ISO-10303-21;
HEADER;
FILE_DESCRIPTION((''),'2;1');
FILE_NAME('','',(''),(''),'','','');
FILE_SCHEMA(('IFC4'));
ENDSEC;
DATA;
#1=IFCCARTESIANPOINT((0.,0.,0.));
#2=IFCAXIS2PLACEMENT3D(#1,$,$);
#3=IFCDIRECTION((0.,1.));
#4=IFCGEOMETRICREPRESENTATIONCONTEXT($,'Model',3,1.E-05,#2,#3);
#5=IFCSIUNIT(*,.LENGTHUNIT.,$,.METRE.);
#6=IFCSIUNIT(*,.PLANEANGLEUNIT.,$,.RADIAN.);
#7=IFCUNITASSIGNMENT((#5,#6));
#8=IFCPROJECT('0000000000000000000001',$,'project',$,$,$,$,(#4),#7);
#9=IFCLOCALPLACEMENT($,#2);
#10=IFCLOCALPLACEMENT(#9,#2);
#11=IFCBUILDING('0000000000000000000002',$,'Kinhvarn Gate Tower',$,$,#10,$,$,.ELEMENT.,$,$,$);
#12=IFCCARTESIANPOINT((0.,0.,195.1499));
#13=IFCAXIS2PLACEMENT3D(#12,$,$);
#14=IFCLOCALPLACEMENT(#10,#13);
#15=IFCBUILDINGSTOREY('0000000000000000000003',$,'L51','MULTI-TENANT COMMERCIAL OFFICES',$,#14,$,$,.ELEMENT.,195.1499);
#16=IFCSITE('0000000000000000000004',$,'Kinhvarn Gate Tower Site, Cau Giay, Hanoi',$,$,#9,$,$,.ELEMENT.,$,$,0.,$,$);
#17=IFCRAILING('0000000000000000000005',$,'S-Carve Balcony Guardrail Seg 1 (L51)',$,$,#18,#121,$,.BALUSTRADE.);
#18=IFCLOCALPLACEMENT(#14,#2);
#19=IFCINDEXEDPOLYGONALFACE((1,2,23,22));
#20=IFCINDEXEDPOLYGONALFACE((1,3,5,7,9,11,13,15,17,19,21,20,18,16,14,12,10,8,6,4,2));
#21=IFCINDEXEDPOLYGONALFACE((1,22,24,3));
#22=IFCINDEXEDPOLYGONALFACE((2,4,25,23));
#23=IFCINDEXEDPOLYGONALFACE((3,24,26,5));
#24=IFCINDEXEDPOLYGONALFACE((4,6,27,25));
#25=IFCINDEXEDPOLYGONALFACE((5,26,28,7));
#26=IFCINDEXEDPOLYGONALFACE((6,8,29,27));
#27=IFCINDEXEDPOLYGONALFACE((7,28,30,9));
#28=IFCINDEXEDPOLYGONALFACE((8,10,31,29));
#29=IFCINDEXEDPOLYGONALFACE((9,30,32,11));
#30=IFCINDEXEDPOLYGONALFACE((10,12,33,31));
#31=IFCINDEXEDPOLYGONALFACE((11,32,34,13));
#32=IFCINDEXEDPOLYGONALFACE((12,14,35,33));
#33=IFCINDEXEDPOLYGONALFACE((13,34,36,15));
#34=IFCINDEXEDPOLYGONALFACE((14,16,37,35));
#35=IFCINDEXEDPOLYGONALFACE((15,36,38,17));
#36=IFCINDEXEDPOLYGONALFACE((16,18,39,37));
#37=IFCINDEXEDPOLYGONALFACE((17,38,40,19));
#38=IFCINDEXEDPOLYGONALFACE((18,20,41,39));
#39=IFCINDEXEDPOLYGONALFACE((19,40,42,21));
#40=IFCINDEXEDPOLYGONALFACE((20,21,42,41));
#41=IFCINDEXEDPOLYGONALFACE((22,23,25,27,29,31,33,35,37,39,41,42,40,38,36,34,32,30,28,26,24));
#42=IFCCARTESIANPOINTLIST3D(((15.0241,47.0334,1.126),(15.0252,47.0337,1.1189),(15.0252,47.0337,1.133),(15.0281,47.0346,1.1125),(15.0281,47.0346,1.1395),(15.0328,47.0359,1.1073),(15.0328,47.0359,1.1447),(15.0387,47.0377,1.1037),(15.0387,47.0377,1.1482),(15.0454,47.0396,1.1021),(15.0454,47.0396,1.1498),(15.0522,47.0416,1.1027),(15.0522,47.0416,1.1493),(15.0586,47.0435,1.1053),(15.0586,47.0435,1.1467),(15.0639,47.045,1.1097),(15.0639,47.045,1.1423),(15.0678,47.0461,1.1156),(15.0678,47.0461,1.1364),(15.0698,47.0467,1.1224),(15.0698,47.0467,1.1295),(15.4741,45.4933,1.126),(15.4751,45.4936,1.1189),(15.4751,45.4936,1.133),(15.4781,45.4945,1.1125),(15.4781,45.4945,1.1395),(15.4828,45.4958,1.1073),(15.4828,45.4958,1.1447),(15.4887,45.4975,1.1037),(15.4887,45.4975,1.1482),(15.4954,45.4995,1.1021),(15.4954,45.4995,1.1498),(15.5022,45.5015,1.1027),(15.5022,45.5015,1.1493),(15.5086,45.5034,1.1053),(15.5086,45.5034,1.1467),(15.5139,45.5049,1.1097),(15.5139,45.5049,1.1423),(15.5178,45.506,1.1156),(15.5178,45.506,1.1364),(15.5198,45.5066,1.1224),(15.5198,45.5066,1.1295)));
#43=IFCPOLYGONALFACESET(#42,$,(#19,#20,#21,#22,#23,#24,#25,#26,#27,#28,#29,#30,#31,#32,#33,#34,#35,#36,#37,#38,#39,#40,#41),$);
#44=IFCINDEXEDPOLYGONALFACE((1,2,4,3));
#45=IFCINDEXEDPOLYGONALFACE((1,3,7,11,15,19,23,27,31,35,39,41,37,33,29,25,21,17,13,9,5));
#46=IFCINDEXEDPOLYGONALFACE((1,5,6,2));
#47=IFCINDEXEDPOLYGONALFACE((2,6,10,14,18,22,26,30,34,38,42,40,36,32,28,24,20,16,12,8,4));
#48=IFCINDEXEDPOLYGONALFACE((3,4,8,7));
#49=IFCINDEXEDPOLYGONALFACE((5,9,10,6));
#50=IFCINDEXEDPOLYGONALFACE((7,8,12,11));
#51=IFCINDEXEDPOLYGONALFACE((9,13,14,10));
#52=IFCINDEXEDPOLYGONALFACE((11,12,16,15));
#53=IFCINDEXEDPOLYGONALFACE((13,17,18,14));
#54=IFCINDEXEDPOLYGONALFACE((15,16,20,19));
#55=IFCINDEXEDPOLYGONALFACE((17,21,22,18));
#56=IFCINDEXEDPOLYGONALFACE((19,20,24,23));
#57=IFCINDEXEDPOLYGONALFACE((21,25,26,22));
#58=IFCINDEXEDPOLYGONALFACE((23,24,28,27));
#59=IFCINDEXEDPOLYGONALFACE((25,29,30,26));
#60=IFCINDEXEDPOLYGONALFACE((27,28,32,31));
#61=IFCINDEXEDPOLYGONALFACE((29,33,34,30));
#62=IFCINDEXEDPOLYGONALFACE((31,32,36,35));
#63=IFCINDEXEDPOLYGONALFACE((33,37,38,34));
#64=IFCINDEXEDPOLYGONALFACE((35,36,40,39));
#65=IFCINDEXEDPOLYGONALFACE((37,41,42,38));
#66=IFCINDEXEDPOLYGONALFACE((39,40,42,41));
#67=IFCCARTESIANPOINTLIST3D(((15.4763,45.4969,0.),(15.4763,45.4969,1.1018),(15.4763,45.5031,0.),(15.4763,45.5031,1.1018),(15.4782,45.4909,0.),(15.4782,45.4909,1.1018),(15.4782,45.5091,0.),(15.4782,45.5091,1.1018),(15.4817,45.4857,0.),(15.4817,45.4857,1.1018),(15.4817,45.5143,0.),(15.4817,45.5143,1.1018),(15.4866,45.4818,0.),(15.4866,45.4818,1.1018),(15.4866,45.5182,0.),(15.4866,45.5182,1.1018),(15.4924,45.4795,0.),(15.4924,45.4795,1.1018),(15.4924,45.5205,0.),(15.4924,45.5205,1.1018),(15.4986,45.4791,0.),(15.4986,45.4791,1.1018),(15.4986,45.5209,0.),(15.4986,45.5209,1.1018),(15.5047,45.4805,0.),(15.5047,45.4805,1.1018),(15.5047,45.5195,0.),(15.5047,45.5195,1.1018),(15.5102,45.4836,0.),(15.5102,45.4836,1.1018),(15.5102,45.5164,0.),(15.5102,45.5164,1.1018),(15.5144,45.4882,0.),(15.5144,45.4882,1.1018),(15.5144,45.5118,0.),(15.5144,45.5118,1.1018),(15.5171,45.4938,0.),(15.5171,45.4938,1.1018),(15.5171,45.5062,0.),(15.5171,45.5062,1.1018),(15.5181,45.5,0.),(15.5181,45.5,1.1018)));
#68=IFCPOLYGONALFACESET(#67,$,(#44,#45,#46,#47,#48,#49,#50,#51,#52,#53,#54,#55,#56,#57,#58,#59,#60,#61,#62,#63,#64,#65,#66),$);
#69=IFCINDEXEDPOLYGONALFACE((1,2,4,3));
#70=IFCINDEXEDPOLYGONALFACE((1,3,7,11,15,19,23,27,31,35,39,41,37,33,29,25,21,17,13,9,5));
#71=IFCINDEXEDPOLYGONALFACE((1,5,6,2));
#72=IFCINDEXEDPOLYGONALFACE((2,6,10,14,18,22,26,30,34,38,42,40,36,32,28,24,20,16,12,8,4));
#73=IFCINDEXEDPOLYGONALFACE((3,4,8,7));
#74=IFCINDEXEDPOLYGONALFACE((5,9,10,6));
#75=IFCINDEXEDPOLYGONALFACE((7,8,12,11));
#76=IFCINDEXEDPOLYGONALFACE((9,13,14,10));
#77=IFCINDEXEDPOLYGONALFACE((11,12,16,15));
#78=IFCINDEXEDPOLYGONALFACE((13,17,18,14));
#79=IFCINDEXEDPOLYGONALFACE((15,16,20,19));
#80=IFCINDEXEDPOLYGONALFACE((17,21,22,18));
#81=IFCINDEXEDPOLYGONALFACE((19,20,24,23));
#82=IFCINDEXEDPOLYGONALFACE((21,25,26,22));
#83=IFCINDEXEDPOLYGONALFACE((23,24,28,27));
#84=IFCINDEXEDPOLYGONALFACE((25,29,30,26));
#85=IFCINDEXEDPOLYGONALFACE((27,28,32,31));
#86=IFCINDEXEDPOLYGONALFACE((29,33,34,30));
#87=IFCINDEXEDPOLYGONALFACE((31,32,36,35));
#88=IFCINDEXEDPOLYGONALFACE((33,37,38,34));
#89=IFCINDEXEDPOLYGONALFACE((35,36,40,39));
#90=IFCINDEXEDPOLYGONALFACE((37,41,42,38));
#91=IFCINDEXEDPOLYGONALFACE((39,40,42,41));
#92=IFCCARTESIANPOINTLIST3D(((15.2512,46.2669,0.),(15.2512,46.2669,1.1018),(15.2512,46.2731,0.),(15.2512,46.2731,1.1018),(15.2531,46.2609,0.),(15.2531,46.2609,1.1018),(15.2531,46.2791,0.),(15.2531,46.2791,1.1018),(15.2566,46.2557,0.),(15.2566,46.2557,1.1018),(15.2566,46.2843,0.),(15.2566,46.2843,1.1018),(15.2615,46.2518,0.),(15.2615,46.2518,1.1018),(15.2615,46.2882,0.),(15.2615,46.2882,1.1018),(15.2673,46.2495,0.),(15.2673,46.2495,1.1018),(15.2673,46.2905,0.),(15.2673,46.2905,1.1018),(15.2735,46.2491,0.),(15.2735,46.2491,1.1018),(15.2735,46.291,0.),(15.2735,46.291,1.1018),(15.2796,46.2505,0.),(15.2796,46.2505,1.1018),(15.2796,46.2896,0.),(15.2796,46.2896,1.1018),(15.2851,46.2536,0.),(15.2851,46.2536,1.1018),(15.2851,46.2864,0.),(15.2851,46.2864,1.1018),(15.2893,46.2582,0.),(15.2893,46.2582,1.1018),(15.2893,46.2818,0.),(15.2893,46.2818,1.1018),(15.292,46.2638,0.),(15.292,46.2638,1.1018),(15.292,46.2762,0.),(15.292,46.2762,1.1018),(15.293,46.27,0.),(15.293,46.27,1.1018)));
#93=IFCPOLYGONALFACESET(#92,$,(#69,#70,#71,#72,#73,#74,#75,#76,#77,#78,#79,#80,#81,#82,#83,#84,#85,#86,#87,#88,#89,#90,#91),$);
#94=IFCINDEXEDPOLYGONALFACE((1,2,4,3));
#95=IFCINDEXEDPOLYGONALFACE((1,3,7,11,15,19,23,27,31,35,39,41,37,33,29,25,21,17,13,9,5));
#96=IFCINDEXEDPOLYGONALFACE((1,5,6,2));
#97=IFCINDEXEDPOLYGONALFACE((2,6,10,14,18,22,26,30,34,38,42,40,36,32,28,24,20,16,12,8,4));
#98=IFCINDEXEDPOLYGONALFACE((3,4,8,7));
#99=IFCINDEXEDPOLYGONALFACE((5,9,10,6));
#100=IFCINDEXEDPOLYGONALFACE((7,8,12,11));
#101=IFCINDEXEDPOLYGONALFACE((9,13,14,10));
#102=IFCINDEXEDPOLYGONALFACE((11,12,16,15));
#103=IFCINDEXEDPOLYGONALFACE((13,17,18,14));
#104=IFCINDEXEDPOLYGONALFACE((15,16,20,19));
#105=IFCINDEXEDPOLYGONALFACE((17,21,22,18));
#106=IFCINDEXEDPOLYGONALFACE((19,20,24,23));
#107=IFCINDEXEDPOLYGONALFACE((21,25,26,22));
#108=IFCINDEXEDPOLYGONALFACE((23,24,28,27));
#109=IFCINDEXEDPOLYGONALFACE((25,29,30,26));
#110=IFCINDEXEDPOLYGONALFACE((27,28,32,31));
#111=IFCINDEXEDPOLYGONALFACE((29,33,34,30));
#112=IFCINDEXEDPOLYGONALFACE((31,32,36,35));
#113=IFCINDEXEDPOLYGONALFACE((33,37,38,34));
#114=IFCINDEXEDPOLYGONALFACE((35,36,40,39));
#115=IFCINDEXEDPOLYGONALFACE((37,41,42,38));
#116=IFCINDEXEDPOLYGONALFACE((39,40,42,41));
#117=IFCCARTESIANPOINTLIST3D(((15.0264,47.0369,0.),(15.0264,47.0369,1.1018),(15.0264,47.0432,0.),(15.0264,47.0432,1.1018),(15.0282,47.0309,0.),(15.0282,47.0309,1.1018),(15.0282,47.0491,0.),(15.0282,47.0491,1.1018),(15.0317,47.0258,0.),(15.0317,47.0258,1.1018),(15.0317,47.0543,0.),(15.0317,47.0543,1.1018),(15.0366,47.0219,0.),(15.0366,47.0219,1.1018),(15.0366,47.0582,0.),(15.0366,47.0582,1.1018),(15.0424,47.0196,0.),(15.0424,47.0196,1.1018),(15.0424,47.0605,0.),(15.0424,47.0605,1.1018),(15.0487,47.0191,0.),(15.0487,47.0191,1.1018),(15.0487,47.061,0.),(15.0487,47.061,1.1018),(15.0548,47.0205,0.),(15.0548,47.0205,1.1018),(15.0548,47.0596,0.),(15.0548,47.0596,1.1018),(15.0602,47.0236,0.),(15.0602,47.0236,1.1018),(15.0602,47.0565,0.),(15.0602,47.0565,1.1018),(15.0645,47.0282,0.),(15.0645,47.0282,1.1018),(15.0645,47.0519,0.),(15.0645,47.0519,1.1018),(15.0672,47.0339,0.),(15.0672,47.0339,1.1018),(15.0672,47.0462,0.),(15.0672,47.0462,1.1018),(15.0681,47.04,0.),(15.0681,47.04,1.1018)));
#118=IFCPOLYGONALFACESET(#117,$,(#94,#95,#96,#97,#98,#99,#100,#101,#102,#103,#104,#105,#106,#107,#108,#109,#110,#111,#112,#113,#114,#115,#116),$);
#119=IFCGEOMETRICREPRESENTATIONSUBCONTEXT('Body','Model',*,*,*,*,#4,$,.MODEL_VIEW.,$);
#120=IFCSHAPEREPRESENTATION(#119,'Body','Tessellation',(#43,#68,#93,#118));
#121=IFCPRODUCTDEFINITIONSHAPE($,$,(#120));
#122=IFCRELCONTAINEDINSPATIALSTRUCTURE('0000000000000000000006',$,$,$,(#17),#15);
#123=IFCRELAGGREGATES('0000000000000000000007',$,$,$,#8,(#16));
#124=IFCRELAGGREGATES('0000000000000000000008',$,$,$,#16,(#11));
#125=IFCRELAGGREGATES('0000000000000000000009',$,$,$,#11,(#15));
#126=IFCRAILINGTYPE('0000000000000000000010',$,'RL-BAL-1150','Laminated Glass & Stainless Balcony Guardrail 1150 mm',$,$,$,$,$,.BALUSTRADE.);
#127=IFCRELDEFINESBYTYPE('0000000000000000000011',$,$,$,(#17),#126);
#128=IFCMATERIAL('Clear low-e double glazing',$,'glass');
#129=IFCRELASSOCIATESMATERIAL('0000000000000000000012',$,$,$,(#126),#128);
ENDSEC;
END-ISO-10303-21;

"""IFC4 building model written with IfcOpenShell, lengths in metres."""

from ifc_helpers import new_model, si_unit, direction, frame, origin, origin_2d, place, context, subcontext, project, spatial, circle, extrude, material, type_object, element, save


model = new_model("IFC4")

# Units and contexts
model_context = context("Model", 3, precision=1e-05, world=origin(), true_north=direction((0.0, 1.0)))
body_context = subcontext(model_context, "Body", "Model", "MODEL_VIEW")
ifc_project = project(units=[si_unit("LENGTHUNIT", "METRE"), si_unit("PLANEANGLEUNIT", "RADIAN")], contexts=[model_context])

# Site, building, storey
site_placement = place(None, origin())
site = spatial("IfcSite", under=ifc_project, at=site_placement, Name="Kinhvarn Gate Tower Site, Cau Giay, Hanoi", CompositionType="ELEMENT", RefElevation=0.0)
building_placement = place(site_placement, origin())
building = spatial("IfcBuilding", under=site, at=building_placement, Name="Kinhvarn Gate Tower", CompositionType="ELEMENT")
storey_placement = place(building_placement, frame((0.0, 0.0, 195.1499)))
storey = spatial("IfcBuildingStorey", under=building, at=storey_placement, Name="L51", Description="MULTI-TENANT COMMERCIAL OFFICES", CompositionType="ELEMENT", Elevation=195.1499)

# Shared definitions
ifc_material_1 = material(Name="Clear low-e double glazing", Category="glass")

# Railing
railing_type_1 = type_object("IfcRailingType", Name="RL-BAL-1150", Description="Laminated Glass & Stainless Balcony Guardrail 1150 mm", PredefinedType="BALUSTRADE", material=ifc_material_1)
railing_1_placement = place(storey_placement, frame((15.4971, 45.5, 0.0)))
element("IfcRailing", 1, at=railing_1_placement, inside=storey, type_object=railing_type_1, Name="S-Carve Balcony Guardrail Seg 1 (L51)", PredefinedType="BALUSTRADE", context=body_context, shape_type="SweptSolid", body=[
    extrude(circle(Radius=0.0239, at=origin_2d()), frame((0.0, 0.0, 1.126), z_axis=(-0.280444, 0.95987, 0.0), x_axis=(-0.95987, -0.280444, 0.0)), (0.0, 0.0, 1.0), 1.6045),
    extrude(circle(Radius=0.021, at=origin_2d()), origin(), (0.0, 0.0, 1.0), 1.1018),
    extrude(circle(Radius=0.021, at=origin_2d()), frame((-0.2251, 0.77, 0.0)), (0.0, 0.0, 1.0), 1.1018),
    extrude(circle(Radius=0.021, at=origin_2d()), frame((-0.45, 1.54, 0.0)), (0.0, 0.0, 1.0), 1.1018),
])

save(model, "model.ifc")
